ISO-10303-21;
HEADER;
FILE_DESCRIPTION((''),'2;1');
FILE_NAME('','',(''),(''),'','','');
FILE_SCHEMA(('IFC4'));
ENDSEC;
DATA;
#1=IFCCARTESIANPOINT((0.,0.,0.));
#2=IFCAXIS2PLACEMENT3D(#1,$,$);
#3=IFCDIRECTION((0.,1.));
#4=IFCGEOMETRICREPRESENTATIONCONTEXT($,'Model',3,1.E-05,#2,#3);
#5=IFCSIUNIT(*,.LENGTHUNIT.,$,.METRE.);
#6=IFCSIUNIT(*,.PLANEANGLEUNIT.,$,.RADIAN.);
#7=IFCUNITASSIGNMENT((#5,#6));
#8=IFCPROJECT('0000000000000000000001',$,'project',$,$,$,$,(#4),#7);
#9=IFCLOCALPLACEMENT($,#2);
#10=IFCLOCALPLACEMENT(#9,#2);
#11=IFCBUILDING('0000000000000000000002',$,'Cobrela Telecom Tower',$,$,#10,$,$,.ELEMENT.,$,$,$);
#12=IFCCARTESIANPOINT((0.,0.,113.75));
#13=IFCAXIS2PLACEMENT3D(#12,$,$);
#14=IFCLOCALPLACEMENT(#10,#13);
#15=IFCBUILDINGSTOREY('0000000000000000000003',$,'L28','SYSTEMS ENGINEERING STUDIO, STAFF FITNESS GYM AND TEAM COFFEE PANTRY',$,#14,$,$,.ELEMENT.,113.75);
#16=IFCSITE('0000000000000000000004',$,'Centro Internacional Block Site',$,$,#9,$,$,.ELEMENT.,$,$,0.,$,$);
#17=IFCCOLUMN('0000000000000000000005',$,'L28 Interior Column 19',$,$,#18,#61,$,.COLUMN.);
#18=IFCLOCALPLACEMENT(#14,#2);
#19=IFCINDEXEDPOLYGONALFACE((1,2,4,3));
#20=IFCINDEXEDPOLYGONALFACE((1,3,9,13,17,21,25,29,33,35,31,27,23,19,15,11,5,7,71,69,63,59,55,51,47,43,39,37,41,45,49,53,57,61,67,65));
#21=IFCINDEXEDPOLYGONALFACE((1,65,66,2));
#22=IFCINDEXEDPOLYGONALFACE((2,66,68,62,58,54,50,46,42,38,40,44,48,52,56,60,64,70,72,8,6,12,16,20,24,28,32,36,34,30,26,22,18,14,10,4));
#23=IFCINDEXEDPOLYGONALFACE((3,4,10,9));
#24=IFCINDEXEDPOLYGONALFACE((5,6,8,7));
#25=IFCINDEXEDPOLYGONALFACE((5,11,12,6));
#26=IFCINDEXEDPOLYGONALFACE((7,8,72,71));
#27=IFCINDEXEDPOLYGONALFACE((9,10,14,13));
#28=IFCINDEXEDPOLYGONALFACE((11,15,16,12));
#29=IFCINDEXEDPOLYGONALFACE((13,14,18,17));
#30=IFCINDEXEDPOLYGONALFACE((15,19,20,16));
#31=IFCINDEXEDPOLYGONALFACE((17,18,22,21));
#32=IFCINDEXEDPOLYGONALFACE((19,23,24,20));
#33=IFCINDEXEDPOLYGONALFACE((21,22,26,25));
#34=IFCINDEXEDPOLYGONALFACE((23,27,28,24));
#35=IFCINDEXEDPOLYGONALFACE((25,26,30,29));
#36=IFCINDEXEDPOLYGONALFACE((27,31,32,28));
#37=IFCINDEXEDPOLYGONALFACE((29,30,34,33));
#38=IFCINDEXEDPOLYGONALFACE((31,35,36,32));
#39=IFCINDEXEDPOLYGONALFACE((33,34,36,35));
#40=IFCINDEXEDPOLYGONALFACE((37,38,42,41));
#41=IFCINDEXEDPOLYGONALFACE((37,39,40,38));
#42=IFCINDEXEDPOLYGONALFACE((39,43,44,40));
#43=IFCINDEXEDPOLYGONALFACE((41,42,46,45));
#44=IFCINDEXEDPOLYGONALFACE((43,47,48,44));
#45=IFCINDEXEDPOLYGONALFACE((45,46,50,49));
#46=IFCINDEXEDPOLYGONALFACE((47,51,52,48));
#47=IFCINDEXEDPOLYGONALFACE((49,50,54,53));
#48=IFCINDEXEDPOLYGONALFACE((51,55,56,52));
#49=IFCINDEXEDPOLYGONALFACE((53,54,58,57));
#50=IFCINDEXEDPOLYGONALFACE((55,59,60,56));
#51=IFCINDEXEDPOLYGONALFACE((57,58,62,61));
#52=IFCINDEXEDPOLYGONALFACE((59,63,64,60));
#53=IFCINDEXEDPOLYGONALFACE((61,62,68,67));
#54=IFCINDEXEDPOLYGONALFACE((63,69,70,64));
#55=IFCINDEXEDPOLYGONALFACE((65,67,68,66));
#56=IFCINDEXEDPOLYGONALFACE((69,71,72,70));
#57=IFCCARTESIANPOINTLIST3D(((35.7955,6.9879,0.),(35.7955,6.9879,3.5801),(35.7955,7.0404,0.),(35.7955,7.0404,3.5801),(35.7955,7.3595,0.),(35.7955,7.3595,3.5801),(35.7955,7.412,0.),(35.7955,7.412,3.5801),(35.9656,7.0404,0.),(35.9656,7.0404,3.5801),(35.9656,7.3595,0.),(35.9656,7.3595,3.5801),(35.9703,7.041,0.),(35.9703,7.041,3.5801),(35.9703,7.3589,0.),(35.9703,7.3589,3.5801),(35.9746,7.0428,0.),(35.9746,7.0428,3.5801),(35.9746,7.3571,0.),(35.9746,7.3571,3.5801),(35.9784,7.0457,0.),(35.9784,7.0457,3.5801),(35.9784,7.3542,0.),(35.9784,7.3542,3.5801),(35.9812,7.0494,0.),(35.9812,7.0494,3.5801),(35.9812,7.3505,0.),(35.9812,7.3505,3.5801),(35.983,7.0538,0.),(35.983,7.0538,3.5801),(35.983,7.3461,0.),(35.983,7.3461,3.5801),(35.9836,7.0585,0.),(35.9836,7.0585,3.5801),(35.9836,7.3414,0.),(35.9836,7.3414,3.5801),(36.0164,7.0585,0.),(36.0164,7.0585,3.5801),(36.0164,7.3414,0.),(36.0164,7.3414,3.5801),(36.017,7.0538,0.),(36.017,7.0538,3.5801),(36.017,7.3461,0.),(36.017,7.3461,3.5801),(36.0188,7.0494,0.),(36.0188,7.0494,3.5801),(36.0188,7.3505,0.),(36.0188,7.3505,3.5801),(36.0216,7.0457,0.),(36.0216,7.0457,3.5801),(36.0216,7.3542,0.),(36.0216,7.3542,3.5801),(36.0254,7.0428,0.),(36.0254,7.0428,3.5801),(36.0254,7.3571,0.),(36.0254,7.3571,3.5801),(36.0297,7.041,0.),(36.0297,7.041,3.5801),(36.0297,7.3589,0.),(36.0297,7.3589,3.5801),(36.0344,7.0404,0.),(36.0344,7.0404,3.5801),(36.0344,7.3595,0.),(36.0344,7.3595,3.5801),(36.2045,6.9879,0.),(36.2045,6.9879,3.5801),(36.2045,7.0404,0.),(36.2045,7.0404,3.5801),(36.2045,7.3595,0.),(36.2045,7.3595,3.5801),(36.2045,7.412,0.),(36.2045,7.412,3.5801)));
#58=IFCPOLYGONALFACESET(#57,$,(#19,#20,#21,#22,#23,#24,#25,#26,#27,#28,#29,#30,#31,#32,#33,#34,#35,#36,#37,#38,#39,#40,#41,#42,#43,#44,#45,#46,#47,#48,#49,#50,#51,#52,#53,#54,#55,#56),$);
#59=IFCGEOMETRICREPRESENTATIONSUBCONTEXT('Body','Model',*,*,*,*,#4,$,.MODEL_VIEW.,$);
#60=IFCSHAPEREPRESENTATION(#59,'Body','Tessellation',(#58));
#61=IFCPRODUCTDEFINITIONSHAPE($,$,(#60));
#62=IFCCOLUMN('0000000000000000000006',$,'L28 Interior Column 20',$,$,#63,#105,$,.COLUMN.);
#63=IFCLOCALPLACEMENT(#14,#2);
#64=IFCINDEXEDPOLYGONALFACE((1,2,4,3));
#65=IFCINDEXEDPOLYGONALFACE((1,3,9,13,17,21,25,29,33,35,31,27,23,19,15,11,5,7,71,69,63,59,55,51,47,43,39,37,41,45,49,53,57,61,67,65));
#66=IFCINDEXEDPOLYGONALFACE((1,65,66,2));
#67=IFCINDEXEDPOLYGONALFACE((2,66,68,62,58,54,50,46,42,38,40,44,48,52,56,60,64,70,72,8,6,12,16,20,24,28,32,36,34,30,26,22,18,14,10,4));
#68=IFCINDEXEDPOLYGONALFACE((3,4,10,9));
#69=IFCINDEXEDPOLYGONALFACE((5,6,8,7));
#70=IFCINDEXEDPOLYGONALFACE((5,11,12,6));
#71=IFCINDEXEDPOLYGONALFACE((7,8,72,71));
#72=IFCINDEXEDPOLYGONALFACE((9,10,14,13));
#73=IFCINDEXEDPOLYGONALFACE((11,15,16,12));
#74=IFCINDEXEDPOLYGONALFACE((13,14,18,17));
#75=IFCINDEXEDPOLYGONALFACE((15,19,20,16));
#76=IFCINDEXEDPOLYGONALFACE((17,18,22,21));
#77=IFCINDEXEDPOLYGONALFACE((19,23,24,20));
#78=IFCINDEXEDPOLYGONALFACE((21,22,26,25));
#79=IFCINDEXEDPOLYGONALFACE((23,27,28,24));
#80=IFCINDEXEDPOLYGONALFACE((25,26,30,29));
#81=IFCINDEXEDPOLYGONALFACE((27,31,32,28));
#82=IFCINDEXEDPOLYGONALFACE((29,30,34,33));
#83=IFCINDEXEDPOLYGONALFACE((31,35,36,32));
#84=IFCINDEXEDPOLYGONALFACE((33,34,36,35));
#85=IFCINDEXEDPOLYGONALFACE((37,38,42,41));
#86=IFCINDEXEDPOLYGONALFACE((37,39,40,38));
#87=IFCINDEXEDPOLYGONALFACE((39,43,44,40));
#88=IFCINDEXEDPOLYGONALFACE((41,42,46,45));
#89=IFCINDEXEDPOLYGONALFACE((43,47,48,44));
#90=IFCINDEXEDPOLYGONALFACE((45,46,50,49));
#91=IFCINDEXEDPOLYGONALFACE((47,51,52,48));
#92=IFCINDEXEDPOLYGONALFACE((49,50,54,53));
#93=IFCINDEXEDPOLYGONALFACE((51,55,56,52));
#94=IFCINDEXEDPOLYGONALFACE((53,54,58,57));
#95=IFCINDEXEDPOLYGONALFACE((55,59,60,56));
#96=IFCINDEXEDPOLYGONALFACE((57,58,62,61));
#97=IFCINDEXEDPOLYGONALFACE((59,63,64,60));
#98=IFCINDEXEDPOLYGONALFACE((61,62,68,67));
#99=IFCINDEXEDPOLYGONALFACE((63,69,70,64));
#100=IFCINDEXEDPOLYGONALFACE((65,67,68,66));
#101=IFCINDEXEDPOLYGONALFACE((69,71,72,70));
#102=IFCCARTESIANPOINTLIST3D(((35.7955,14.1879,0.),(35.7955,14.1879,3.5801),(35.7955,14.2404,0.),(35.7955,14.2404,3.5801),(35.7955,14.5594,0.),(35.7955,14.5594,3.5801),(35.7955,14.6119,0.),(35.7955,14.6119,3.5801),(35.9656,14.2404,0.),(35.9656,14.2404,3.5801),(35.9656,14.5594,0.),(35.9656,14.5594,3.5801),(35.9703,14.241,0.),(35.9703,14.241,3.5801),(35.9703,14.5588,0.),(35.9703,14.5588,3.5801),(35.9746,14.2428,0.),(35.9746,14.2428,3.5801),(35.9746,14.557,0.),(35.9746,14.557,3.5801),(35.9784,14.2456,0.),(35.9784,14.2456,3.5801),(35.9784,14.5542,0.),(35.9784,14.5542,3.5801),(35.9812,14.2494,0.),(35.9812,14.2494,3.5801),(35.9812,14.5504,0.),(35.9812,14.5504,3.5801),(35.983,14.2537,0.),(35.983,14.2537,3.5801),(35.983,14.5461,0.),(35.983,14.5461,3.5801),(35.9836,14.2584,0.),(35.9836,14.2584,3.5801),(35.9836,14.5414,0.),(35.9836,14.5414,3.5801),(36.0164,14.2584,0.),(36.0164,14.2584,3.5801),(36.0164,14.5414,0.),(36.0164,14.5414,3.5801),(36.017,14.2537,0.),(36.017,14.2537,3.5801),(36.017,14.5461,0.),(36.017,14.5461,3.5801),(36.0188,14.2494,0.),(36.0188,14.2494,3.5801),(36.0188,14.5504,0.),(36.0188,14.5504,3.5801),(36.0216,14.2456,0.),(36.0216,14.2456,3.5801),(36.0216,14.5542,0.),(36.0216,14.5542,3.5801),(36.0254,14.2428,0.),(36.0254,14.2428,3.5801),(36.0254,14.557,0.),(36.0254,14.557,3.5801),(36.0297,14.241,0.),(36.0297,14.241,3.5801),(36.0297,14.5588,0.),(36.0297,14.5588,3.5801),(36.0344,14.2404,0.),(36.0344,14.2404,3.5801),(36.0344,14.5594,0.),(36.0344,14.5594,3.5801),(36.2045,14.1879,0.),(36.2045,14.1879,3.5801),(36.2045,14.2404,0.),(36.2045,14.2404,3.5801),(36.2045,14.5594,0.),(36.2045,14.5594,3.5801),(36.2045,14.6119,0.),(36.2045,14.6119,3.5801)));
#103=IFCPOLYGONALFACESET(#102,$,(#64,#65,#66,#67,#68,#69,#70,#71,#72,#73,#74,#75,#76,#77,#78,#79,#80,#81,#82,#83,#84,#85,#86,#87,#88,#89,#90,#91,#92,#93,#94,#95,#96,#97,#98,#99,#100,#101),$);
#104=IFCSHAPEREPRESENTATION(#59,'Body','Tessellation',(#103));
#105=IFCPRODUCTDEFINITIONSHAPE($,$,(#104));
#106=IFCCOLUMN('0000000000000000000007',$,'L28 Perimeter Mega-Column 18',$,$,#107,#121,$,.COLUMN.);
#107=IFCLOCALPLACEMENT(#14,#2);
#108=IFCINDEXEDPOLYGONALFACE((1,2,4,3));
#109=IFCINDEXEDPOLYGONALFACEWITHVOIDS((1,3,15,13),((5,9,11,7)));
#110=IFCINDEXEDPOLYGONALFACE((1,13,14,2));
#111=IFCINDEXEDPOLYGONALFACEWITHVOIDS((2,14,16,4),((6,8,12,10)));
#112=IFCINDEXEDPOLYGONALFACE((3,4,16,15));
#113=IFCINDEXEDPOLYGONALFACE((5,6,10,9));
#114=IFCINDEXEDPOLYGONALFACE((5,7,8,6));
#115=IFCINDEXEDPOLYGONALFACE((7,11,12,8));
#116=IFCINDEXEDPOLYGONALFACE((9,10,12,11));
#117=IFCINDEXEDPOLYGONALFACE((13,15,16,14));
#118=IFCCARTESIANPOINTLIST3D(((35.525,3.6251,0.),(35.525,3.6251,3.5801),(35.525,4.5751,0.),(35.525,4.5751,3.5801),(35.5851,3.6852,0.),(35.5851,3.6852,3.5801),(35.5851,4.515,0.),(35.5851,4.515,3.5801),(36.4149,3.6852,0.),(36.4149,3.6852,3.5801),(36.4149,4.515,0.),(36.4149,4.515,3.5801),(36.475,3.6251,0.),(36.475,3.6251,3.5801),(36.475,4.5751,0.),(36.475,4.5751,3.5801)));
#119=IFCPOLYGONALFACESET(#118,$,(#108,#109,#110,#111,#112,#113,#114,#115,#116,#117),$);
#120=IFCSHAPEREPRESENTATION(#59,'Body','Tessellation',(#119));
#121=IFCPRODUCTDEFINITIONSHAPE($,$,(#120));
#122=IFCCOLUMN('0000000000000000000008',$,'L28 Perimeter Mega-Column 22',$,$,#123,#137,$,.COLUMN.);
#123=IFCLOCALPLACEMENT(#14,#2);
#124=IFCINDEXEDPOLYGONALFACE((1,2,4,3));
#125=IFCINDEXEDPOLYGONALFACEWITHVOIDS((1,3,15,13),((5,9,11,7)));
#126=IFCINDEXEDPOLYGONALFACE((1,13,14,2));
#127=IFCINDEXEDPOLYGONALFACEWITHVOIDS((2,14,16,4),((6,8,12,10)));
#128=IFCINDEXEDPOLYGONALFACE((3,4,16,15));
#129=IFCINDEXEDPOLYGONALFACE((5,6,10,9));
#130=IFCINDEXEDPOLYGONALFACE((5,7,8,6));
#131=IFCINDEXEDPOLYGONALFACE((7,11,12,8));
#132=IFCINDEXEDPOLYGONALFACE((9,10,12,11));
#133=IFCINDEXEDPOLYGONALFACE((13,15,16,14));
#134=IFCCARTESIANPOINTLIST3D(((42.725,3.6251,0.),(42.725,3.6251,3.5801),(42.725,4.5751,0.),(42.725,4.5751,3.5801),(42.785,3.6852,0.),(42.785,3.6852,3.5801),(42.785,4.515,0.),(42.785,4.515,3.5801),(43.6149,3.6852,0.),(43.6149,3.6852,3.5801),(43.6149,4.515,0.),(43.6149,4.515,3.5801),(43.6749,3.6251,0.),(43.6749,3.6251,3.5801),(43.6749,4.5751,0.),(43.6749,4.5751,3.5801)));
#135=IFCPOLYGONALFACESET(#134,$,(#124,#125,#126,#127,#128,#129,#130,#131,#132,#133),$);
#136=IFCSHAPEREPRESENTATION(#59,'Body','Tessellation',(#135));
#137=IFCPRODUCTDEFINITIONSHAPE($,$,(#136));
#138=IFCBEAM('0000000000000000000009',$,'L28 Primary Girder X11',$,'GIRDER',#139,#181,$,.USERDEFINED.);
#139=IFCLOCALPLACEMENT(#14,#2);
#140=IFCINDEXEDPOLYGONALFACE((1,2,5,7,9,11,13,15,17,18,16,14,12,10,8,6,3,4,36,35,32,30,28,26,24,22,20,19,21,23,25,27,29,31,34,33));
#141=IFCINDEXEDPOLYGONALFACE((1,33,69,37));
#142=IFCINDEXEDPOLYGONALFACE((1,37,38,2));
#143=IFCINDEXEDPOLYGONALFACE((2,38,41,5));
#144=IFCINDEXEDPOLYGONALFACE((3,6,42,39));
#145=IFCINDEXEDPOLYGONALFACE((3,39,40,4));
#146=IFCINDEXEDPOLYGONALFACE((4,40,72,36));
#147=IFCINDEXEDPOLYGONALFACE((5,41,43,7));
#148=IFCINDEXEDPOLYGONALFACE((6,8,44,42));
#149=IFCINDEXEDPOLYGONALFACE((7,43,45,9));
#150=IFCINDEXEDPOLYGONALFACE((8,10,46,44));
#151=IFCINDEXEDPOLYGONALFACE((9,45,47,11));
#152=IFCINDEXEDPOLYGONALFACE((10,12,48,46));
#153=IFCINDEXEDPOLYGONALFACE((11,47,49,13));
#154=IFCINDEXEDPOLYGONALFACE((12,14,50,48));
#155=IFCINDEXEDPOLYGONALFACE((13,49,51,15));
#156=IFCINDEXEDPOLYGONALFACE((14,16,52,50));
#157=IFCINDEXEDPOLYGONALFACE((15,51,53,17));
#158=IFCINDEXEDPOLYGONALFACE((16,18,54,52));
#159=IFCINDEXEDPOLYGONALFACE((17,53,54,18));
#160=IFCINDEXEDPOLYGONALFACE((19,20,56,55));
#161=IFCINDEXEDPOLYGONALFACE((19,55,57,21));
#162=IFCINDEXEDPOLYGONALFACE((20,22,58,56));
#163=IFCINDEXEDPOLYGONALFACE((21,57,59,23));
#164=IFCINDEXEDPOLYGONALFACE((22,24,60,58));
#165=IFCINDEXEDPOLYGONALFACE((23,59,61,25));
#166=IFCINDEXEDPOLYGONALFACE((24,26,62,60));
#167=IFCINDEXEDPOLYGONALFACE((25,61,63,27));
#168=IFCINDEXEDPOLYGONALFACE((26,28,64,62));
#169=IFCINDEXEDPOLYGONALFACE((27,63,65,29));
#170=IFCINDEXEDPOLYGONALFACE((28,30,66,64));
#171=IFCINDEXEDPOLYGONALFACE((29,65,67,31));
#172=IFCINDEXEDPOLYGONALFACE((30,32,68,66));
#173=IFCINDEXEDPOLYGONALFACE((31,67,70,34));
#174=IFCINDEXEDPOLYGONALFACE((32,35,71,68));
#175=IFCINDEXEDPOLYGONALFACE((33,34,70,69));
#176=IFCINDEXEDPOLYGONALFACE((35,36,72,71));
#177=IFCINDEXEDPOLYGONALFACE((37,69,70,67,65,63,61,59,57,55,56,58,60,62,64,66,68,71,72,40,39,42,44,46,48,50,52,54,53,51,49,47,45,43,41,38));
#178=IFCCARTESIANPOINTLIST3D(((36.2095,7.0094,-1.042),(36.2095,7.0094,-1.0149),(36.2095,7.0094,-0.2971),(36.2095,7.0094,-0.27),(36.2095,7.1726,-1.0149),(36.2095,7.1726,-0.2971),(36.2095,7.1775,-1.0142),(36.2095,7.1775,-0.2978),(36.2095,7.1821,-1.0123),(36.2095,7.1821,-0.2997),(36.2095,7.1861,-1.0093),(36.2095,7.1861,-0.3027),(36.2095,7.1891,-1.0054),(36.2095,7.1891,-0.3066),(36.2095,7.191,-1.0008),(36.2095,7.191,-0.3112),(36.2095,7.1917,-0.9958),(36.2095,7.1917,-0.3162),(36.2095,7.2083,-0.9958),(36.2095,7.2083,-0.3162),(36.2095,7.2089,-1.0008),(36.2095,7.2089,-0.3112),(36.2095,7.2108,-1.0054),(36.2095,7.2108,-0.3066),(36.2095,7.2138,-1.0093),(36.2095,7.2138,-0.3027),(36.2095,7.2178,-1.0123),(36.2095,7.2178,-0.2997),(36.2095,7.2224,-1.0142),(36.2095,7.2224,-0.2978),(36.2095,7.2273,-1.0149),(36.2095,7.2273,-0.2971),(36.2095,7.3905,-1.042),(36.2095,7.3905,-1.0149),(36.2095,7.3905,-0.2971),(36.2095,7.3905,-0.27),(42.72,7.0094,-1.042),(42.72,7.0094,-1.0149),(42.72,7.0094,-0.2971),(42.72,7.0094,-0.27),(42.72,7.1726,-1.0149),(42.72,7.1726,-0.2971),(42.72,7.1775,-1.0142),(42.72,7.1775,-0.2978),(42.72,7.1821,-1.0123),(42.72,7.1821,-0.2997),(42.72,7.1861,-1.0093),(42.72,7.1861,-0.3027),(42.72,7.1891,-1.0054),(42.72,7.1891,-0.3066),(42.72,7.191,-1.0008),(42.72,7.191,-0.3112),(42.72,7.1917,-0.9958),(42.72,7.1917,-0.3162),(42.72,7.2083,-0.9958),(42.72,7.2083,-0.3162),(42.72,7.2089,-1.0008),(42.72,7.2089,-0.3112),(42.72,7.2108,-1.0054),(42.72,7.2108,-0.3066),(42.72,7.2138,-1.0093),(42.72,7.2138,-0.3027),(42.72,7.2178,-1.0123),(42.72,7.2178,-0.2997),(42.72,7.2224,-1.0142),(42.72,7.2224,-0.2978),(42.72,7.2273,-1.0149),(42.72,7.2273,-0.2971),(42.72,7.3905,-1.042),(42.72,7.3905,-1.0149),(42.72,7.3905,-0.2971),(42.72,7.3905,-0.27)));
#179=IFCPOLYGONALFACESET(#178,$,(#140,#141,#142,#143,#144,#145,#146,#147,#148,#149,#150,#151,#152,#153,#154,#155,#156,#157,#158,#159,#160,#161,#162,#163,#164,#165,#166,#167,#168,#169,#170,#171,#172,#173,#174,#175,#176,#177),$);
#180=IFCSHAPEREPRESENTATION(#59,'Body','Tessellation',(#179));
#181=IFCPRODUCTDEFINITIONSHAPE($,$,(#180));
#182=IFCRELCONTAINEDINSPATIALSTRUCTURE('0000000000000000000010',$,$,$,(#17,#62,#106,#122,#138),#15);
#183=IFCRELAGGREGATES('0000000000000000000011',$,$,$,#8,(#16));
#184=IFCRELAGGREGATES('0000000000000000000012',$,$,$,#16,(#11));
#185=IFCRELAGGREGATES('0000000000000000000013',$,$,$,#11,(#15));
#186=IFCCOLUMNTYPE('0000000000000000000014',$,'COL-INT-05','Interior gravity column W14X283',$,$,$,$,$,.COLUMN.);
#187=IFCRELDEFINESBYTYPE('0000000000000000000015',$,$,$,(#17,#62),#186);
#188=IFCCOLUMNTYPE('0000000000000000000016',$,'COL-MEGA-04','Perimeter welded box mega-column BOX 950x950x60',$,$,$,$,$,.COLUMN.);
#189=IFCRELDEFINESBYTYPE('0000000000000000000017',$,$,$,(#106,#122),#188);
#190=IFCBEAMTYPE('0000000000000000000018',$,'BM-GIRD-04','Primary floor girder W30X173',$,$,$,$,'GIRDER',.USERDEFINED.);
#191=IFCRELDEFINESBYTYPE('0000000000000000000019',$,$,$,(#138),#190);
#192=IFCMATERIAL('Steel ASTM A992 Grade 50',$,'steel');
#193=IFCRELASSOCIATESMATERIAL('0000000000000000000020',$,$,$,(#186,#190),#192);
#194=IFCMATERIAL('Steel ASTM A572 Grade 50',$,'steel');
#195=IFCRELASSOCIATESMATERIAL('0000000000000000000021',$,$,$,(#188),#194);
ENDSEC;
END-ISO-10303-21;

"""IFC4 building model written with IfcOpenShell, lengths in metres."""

from ifc_helpers import new_model, si_unit, direction, frame, origin, origin_2d, place, context, subcontext, project, spatial, hollow_rectangle, i_section, extrude, material, material_profile, profile_set, type_object, element, save


model = new_model("IFC4")

# Units and contexts
model_context = context("Model", 3, precision=1e-05, world=origin(), true_north=direction((0.0, 1.0)))
body_context = subcontext(model_context, "Body", "Model", "MODEL_VIEW")
ifc_project = project(units=[si_unit("LENGTHUNIT", "METRE"), si_unit("PLANEANGLEUNIT", "RADIAN")], contexts=[model_context])

# Site, building, storey
site_placement = place(None, origin())
site = spatial("IfcSite", under=ifc_project, at=site_placement, Name="Centro Internacional Block Site", CompositionType="ELEMENT", RefElevation=0.0)
building_placement = place(site_placement, origin())
building = spatial("IfcBuilding", under=site, at=building_placement, Name="Cobrela Telecom Tower", CompositionType="ELEMENT")
storey_placement = place(building_placement, frame((0.0, 0.0, 113.75)))
storey = spatial("IfcBuildingStorey", under=building, at=storey_placement, Name="L28", Description="SYSTEMS ENGINEERING STUDIO, STAFF FITNESS GYM AND TEAM COFFEE PANTRY", CompositionType="ELEMENT", Elevation=113.75)

# Columns
ifc_material_1 = material(Name="Steel ASTM A992 Grade 50", Category="steel")
ifc_material_profile_1 = material_profile(ifc_material_1, i_section(OverallWidth=0.4089, OverallDepth=0.4241, WebThickness=0.0327, FlangeThickness=0.0525, FilletRadius=0.0181, at=origin_2d()), Name="W14X283")
ifc_profile_set_1 = profile_set([ifc_material_profile_1], Name="Steel ASTM A992 Grade 50")
column_type_1 = type_object("IfcColumnType", Name="COL-INT-05", Description="Interior gravity column W14X283", PredefinedType="COLUMN", material=ifc_profile_set_1)
for number, where, z_axis, x_axis, name in (
    (1, (36.0, 7.2, 0.0), (0.0, 0.0, 1.0), (1.0, 0.0, 0.0), "L28 Interior Column 19"),
    (2, (36.0, 14.3999, 0.0), (0.0, 0.0, 1.0), (1.0, 0.0, 0.0), "L28 Interior Column 20"),
):
    element("IfcColumn", number, at=place(storey_placement, frame(where, z_axis=z_axis, x_axis=x_axis)), inside=storey, type_object=column_type_1, Name=name, PredefinedType="COLUMN", context=body_context, shape_type="SweptSolid", body=[
        extrude(i_section(OverallWidth=0.4089, OverallDepth=0.4241, WebThickness=0.0327, FlangeThickness=0.0525, FilletRadius=0.0181, at=origin_2d()), origin(), (0.0, 0.0, 1.0), 3.5801),
    ])
ifc_material_2 = material(Name="Steel ASTM A572 Grade 50", Category="steel")
ifc_material_profile_2 = material_profile(ifc_material_2, hollow_rectangle(XDim=0.95, YDim=0.95, WallThickness=0.0601, at=origin_2d()), Name="BOX 950x950x60")
ifc_profile_set_2 = profile_set([ifc_material_profile_2], Name="Steel ASTM A572 Grade 50")
column_type_2 = type_object("IfcColumnType", Name="COL-MEGA-04", Description="Perimeter welded box mega-column BOX 950x950x60", PredefinedType="COLUMN", material=ifc_profile_set_2)
for number, where, z_axis, x_axis, name in (
    (3, (36.0, 4.1001, 0.0), (0.0, 0.0, 1.0), (1.0, 0.0, 0.0), "L28 Perimeter Mega-Column 18"),
    (4, (43.2, 4.1001, 0.0), (0.0, 0.0, 1.0), (1.0, 0.0, 0.0), "L28 Perimeter Mega-Column 22"),
):
    element("IfcColumn", number, at=place(storey_placement, frame(where, z_axis=z_axis, x_axis=x_axis)), inside=storey, type_object=column_type_2, Name=name, PredefinedType="COLUMN", context=body_context, shape_type="SweptSolid", body=[
        extrude(hollow_rectangle(XDim=0.95, YDim=0.95, WallThickness=0.0601, at=origin_2d()), origin(), (0.0, 0.0, 1.0), 3.5801),
    ])

# Beam
ifc_material_profile_3 = material_profile(ifc_material_1, i_section(OverallWidth=0.3811, OverallDepth=0.772, WebThickness=0.0166, FlangeThickness=0.0271, FilletRadius=0.019, at=origin_2d()), Name="W30X173")
ifc_profile_set_3 = profile_set([ifc_material_profile_3], Name="Steel ASTM A992 Grade 50")
beam_type_1 = type_object("IfcBeamType", Name="BM-GIRD-04", Description="Primary floor girder W30X173", ElementType="GIRDER", PredefinedType="USERDEFINED", material=ifc_profile_set_3)
beam_1_placement = place(storey_placement, frame((36.2095, 7.2, -0.656), z_axis=(1.0, 0.0, 0.0), x_axis=(0.0, 1.0, 0.0)))
element("IfcBeam", 5, at=beam_1_placement, inside=storey, type_object=beam_type_1, Name="L28 Primary Girder X11", ObjectType="GIRDER", PredefinedType="USERDEFINED", context=body_context, shape_type="SweptSolid", body=[
    extrude(i_section(OverallWidth=0.3811, OverallDepth=0.772, WebThickness=0.0166, FlangeThickness=0.0271, FilletRadius=0.019, at=origin_2d()), origin(), (0.0, 0.0, 1.0), 6.5105),
])

save(model, "model.ifc")
